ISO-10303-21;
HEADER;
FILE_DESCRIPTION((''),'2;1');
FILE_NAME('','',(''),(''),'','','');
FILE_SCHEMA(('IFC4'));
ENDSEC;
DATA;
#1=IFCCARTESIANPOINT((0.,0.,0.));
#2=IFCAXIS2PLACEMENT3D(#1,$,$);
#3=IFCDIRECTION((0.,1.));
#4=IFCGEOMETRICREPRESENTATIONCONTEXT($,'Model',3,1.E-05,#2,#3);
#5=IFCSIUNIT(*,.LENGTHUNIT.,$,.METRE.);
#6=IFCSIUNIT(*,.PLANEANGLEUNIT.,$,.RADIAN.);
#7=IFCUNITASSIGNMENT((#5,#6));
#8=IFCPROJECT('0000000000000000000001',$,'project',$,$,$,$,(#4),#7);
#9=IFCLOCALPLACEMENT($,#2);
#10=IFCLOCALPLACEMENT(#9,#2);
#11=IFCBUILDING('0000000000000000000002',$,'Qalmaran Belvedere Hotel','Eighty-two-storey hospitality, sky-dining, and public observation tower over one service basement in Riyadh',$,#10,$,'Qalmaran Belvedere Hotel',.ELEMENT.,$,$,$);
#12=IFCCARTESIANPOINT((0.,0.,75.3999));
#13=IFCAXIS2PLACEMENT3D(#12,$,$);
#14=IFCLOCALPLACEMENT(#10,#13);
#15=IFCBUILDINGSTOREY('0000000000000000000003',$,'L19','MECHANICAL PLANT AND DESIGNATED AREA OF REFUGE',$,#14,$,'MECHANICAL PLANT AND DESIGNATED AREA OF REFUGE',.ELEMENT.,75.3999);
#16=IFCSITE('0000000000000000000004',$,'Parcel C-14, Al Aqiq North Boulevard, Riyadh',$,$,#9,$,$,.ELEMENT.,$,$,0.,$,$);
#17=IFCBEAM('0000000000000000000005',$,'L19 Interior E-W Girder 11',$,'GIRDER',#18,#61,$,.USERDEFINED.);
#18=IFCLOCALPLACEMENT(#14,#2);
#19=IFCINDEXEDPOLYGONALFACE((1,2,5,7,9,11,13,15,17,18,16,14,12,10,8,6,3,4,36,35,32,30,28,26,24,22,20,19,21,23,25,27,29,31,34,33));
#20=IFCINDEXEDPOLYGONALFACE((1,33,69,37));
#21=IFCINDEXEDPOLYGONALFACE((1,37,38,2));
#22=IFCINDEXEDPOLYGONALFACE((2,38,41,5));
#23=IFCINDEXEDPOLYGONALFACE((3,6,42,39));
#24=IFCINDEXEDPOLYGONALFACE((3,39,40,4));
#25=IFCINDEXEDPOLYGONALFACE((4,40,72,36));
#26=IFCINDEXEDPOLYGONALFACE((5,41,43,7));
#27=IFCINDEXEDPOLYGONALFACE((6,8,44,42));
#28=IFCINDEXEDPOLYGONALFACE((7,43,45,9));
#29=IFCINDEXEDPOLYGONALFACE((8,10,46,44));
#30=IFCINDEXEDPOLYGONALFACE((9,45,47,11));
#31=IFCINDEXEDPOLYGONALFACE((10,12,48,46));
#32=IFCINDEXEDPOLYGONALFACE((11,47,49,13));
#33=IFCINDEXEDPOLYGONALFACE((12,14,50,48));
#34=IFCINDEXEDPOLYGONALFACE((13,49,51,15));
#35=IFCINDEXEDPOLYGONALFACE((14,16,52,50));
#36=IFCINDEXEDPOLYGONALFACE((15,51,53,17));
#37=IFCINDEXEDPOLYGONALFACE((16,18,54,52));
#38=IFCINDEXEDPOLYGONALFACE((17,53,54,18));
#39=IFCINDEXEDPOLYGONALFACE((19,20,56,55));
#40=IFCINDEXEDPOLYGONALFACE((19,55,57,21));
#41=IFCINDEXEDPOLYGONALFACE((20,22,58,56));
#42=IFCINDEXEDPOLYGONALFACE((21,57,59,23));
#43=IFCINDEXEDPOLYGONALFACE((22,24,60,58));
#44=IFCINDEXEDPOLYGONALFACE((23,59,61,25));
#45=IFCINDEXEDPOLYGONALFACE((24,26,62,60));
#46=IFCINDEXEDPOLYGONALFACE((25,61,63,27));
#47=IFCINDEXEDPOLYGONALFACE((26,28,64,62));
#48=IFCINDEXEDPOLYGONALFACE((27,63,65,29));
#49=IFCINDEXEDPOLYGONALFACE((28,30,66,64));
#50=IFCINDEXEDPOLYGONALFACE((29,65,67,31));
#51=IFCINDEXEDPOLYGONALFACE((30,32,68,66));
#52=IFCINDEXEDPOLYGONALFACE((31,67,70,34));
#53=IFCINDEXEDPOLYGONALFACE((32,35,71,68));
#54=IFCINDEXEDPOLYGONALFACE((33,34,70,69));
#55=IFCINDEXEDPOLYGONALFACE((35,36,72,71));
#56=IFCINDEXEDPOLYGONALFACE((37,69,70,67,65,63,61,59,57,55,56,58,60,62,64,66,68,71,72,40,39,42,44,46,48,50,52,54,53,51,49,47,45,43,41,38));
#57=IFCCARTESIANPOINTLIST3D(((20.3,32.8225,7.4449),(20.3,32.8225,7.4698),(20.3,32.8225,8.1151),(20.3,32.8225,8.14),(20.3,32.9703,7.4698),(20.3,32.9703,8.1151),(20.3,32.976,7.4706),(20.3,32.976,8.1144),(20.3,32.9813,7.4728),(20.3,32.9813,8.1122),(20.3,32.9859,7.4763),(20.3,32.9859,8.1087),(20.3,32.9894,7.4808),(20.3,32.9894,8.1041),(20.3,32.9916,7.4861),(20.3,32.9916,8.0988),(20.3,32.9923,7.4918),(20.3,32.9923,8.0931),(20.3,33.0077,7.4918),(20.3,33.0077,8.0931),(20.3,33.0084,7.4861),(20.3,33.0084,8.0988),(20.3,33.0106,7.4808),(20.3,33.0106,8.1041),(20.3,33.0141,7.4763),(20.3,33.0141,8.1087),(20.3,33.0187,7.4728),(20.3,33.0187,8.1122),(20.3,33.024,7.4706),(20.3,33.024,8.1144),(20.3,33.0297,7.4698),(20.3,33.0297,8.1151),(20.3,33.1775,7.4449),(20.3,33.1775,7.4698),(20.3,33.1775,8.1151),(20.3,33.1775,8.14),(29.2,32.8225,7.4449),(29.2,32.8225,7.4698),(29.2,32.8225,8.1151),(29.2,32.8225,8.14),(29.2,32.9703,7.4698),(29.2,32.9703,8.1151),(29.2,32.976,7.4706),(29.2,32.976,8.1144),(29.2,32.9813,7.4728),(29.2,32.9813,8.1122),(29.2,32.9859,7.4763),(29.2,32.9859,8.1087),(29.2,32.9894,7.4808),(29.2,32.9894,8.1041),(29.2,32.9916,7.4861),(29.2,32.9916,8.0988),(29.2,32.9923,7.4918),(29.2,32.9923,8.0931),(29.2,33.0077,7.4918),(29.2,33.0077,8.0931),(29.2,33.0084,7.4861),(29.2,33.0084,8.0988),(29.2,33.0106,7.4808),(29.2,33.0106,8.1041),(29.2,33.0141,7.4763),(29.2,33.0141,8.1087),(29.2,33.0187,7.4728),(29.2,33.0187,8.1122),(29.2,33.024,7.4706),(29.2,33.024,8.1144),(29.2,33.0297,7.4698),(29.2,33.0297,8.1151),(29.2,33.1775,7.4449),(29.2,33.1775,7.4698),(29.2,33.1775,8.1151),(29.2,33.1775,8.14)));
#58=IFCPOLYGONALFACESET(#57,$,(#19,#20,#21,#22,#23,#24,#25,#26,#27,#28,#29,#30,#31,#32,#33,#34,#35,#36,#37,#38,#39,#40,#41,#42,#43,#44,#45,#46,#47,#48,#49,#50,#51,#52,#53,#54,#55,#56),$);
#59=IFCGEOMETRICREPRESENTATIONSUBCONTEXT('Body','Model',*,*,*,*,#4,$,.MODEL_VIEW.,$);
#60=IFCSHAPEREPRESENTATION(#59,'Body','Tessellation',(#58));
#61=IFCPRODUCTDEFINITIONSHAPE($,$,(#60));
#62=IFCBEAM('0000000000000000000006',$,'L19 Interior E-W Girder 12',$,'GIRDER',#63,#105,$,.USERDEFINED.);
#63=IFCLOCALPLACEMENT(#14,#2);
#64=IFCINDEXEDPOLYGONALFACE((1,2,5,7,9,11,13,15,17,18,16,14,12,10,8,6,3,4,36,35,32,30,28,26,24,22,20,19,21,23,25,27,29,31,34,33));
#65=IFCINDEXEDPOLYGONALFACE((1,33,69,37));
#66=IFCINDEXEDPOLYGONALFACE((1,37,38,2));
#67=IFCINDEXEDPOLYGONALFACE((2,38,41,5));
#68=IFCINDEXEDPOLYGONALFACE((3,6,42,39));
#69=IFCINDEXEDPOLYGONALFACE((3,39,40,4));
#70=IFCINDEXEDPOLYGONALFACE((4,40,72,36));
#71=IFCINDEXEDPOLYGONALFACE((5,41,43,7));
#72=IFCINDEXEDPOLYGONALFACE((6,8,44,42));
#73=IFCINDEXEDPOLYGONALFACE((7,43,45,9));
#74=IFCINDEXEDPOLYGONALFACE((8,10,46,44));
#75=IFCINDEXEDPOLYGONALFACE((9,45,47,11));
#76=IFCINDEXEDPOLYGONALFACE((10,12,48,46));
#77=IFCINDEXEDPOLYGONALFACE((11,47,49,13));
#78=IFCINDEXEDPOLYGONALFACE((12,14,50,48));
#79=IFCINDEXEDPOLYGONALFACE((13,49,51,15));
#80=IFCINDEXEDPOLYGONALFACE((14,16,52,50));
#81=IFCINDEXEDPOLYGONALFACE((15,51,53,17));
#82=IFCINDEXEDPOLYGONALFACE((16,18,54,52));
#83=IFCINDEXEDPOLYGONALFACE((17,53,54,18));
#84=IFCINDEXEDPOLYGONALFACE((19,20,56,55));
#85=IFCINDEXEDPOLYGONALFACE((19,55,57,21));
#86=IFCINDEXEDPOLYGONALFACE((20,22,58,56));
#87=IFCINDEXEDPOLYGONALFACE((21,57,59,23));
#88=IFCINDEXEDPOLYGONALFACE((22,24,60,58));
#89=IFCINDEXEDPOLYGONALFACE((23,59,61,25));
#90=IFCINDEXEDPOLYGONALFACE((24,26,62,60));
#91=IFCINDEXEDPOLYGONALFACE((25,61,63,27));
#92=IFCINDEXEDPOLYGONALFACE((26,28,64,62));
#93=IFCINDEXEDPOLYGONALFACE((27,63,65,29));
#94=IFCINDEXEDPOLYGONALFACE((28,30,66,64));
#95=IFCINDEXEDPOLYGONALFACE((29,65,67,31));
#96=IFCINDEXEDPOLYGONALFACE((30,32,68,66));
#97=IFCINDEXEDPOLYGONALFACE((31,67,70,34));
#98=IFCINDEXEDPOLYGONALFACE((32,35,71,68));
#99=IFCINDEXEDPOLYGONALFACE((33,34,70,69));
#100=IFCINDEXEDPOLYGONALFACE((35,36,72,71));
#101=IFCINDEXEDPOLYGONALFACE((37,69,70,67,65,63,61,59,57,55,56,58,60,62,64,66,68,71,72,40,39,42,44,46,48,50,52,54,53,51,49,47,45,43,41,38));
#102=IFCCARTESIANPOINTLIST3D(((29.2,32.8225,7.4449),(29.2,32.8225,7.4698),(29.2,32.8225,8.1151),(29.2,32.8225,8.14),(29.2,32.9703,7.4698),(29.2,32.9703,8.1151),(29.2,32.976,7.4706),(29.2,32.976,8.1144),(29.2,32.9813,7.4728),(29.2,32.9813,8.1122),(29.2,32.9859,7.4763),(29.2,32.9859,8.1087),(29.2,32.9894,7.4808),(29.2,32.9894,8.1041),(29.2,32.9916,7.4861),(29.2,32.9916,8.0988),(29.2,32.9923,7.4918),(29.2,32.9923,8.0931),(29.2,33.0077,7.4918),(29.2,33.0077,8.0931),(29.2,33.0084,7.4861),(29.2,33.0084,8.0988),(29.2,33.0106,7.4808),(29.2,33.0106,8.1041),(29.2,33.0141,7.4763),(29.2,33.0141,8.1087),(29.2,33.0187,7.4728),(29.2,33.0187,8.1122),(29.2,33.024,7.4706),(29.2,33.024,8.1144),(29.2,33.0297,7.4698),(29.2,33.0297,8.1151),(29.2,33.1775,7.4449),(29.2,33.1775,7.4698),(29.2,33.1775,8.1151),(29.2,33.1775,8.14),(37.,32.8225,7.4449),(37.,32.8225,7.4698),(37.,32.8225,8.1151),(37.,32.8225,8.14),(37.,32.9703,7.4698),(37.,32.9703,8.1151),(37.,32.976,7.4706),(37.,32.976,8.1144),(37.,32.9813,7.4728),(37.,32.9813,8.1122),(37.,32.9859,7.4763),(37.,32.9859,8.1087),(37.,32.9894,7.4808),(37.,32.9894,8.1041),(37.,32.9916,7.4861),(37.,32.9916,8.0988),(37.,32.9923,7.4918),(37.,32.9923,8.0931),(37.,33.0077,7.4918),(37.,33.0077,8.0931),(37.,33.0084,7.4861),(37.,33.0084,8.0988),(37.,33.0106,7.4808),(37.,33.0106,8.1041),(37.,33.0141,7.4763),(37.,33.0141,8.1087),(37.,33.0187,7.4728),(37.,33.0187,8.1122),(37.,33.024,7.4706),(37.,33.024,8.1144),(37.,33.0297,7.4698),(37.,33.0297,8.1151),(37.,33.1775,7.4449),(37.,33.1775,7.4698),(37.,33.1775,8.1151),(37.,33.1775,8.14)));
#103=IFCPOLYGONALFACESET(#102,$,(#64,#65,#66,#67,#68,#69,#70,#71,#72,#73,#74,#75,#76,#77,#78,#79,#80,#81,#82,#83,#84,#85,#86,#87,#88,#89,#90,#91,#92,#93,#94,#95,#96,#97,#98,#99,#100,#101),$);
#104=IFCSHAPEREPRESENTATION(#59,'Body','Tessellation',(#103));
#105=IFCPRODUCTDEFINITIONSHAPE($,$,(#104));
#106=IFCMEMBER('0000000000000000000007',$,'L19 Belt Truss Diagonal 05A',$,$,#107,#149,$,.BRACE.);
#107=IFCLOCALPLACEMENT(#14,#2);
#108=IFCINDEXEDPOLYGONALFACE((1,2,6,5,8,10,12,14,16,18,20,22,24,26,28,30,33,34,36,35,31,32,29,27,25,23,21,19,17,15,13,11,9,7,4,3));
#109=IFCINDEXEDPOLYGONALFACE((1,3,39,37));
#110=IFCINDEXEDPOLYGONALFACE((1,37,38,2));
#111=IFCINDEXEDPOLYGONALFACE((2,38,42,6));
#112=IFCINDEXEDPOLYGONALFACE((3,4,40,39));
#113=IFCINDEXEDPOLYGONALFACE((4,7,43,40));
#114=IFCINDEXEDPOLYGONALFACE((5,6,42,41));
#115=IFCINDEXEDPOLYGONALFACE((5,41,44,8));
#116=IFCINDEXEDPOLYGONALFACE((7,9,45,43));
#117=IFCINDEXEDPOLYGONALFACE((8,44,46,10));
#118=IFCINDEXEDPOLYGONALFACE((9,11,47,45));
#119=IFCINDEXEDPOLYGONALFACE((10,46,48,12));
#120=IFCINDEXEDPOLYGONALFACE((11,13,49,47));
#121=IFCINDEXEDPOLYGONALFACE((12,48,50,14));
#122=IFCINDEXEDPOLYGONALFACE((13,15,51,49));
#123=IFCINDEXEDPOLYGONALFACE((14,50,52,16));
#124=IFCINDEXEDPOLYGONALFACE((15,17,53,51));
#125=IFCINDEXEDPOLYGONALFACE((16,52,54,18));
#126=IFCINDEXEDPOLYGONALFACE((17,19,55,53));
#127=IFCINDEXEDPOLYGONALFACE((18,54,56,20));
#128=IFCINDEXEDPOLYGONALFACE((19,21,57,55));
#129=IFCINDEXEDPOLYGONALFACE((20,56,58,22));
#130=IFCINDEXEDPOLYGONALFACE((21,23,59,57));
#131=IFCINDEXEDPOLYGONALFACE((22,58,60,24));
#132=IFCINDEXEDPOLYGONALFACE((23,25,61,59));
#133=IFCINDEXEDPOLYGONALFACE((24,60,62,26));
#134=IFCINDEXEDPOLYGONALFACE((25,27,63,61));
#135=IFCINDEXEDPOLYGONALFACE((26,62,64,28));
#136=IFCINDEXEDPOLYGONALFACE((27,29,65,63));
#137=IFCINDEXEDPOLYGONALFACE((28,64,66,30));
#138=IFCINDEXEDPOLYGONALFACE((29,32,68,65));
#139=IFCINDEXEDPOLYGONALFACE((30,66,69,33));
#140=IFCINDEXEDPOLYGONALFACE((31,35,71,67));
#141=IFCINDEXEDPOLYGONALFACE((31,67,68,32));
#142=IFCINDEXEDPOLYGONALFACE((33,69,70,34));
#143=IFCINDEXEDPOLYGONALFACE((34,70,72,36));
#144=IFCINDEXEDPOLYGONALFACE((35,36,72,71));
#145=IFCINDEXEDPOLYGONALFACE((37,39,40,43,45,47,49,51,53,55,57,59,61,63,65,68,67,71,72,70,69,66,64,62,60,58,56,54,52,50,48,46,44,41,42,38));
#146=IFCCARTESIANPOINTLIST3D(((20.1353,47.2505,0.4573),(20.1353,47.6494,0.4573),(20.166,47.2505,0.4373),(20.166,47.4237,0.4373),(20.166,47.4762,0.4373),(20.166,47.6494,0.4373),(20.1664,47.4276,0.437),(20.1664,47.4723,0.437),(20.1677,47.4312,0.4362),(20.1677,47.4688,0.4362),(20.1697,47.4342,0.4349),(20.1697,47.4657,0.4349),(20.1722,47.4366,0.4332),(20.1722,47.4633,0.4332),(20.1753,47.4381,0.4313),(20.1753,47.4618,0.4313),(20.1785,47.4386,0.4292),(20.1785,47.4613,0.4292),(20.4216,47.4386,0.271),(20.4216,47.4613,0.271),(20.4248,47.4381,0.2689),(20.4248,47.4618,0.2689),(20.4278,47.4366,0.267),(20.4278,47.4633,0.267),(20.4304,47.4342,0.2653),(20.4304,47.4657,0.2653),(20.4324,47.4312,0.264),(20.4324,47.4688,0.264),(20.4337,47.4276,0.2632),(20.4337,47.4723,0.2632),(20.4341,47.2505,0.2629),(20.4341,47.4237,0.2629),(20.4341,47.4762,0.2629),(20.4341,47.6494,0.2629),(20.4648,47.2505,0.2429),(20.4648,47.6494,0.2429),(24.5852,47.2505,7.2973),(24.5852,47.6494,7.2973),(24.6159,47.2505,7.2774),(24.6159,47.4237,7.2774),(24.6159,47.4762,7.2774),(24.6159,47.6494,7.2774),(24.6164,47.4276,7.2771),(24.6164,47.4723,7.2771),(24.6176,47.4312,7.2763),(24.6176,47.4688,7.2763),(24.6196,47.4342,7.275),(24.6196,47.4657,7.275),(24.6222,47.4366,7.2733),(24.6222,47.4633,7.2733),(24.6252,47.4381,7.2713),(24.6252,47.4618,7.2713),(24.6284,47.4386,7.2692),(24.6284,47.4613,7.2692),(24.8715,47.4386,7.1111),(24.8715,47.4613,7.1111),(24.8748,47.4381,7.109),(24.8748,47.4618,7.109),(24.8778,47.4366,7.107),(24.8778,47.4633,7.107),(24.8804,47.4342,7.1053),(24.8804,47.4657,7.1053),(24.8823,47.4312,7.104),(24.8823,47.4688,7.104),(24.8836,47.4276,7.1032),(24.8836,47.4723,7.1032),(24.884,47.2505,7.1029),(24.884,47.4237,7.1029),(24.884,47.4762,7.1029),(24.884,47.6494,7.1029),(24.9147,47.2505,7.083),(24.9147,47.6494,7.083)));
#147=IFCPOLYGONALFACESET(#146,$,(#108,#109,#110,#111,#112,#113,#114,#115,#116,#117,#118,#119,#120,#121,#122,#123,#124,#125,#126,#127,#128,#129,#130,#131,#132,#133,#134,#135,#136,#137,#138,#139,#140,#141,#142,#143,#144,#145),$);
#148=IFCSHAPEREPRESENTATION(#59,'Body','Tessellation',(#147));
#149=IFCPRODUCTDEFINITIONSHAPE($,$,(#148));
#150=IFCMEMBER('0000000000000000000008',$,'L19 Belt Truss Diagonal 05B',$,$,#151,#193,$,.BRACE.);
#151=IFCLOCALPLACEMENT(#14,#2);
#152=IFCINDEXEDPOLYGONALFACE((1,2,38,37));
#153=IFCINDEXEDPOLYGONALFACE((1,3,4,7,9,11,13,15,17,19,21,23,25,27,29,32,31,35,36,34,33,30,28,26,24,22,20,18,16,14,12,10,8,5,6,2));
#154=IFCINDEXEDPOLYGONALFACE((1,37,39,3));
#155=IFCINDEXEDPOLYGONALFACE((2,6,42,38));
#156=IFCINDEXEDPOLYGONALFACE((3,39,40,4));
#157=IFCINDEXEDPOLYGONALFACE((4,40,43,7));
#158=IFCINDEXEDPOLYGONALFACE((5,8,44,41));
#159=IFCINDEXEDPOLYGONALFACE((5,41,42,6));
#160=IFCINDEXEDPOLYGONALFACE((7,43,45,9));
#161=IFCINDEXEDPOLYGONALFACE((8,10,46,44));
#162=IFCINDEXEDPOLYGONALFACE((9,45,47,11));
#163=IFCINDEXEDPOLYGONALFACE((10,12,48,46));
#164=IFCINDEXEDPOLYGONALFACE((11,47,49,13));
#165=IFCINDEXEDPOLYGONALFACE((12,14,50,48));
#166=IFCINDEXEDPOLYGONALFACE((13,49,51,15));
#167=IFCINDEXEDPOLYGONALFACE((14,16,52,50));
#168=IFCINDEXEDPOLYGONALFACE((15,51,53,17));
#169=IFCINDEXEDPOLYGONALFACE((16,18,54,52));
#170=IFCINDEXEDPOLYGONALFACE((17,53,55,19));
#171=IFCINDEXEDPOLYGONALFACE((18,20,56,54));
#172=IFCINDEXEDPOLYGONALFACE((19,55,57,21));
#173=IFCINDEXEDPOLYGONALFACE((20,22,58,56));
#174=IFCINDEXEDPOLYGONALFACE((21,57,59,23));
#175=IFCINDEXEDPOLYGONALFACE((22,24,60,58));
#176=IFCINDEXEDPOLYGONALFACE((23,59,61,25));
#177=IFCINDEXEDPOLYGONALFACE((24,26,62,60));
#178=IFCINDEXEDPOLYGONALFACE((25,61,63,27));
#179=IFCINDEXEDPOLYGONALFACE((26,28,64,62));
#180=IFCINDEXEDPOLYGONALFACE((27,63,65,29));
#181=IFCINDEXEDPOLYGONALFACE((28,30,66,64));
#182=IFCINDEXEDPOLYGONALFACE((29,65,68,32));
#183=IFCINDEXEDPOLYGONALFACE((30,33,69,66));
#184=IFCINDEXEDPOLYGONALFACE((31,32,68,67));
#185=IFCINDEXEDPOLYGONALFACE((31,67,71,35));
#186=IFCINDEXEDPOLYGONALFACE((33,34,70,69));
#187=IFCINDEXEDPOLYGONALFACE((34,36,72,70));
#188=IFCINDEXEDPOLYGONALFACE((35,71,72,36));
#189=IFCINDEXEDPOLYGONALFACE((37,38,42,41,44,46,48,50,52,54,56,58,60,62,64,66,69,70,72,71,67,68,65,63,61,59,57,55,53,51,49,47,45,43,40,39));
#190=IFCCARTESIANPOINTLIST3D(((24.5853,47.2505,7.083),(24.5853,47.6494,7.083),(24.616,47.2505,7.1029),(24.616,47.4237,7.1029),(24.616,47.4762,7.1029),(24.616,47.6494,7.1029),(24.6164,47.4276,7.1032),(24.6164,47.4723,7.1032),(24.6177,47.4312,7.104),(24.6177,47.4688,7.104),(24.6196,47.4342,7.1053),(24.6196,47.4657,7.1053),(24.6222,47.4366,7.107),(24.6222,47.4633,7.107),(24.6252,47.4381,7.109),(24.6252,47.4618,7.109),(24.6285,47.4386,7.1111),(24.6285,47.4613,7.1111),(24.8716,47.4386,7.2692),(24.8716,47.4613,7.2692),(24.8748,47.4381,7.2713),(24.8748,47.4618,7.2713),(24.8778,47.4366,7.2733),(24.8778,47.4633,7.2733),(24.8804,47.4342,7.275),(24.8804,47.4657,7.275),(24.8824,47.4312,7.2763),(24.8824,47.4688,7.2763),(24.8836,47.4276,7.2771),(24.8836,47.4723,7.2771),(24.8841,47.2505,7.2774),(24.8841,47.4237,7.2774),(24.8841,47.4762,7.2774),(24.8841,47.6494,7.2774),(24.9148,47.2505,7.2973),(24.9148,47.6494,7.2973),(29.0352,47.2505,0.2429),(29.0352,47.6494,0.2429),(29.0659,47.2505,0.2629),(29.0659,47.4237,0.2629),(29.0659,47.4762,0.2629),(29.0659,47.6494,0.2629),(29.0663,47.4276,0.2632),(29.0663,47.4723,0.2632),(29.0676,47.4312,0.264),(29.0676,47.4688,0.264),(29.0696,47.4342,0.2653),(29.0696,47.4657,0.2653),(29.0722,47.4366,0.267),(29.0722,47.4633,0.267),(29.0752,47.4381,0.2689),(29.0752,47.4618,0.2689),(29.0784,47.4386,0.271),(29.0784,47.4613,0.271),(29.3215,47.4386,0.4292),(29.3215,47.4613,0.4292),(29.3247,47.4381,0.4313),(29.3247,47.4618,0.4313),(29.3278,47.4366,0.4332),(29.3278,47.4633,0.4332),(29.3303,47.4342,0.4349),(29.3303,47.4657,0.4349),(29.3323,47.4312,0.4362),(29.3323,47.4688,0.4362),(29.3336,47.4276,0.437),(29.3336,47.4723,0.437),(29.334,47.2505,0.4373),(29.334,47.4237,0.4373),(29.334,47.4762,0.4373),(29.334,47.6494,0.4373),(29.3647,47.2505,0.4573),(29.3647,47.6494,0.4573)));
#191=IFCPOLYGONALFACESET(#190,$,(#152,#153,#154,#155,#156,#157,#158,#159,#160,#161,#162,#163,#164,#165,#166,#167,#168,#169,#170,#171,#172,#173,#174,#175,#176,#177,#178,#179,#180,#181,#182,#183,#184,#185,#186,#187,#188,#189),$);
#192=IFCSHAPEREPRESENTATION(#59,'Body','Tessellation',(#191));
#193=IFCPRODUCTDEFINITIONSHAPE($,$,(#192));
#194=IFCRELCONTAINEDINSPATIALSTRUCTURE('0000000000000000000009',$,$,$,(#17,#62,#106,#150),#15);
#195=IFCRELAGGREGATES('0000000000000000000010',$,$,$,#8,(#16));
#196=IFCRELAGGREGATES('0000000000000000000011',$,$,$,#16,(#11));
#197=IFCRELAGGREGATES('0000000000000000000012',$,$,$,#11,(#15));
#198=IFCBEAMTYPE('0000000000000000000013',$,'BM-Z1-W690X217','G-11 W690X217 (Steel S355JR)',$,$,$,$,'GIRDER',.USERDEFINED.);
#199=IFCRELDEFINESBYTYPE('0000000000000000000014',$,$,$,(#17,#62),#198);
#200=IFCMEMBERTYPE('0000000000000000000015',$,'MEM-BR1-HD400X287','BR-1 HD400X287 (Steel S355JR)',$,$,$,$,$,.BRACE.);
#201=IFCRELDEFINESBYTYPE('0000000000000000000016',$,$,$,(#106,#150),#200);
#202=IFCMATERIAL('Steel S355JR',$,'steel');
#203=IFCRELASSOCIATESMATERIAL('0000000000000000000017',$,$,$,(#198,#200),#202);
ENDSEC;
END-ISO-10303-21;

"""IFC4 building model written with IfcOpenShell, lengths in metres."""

from ifc_helpers import new_model, si_unit, direction, frame, origin, origin_2d, place, context, subcontext, project, spatial, i_section, extrude, material, material_profile, profile_set, type_object, element, save


model = new_model("IFC4")

# Units and contexts
model_context = context("Model", 3, precision=1e-05, world=origin(), true_north=direction((0.0, 1.0)))
body_context = subcontext(model_context, "Body", "Model", "MODEL_VIEW")
ifc_project = project(units=[si_unit("LENGTHUNIT", "METRE"), si_unit("PLANEANGLEUNIT", "RADIAN")], contexts=[model_context])

# Site, building, storey
site_placement = place(None, origin())
site = spatial("IfcSite", under=ifc_project, at=site_placement, Name="Parcel C-14, Al Aqiq North Boulevard, Riyadh", CompositionType="ELEMENT", RefElevation=0.0)
building_placement = place(site_placement, origin())
building = spatial("IfcBuilding", under=site, at=building_placement, Name="Qalmaran Belvedere Hotel", Description="Eighty-two-storey hospitality, sky-dining, and public observation tower over one service basement in Riyadh", LongName="Qalmaran Belvedere Hotel", CompositionType="ELEMENT")
storey_placement = place(building_placement, frame((0.0, 0.0, 75.3999)))
storey = spatial("IfcBuildingStorey", under=building, at=storey_placement, Name="L19", Description="MECHANICAL PLANT AND DESIGNATED AREA OF REFUGE", LongName="MECHANICAL PLANT AND DESIGNATED AREA OF REFUGE", CompositionType="ELEMENT", Elevation=75.3999)

# Beams
ifc_material_1 = material(Name="Steel S355JR", Category="steel")
ifc_material_profile_1 = material_profile(ifc_material_1, i_section(OverallWidth=0.355, OverallDepth=0.6951, WebThickness=0.0154, FlangeThickness=0.0249, FilletRadius=0.022, at=origin_2d()), Name="W690X217")
ifc_profile_set_1 = profile_set([ifc_material_profile_1], Name="Steel S355JR")
beam_type_1 = type_object("IfcBeamType", Name="BM-Z1-W690X217", Description="G-11 W690X217 (Steel S355JR)", ElementType="GIRDER", PredefinedType="USERDEFINED", material=ifc_profile_set_1)
beam_1_placement = place(storey_placement, frame((20.3, 33.0, 7.7925), z_axis=(1.0, 0.0, 0.0), x_axis=(0.0, 1.0, 0.0)))
element("IfcBeam", 1, at=beam_1_placement, inside=storey, type_object=beam_type_1, Name="L19 Interior E-W Girder 11", ObjectType="GIRDER", PredefinedType="USERDEFINED", context=body_context, shape_type="SweptSolid", body=[
    extrude(i_section(OverallWidth=0.355, OverallDepth=0.6951, WebThickness=0.0154, FlangeThickness=0.0249, FilletRadius=0.022, at=origin_2d()), origin(), (0.0, 0.0, 1.0), 8.8999),
])
beam_2_placement = place(storey_placement, frame((29.2, 33.0, 7.7925), z_axis=(1.0, 0.0, 0.0), x_axis=(0.0, 1.0, 0.0)))
element("IfcBeam", 2, at=beam_2_placement, inside=storey, type_object=beam_type_1, Name="L19 Interior E-W Girder 12", ObjectType="GIRDER", PredefinedType="USERDEFINED", context=body_context, shape_type="SweptSolid", body=[
    extrude(i_section(OverallWidth=0.355, OverallDepth=0.6951, WebThickness=0.0154, FlangeThickness=0.0249, FilletRadius=0.022, at=origin_2d()), origin(), (0.0, 0.0, 1.0), 7.8),
])

# Members
ifc_material_profile_2 = material_profile(ifc_material_1, i_section(OverallWidth=0.3989, OverallDepth=0.3931, WebThickness=0.0227, FlangeThickness=0.0366, FilletRadius=0.0149, at=origin_2d()), Name="HD400X287")
ifc_profile_set_2 = profile_set([ifc_material_profile_2], Name="Steel S355JR")
member_type_1 = type_object("IfcMemberType", Name="MEM-BR1-HD400X287", Description="BR-1 HD400X287 (Steel S355JR)", PredefinedType="BRACE", material=ifc_profile_set_2)
for number, where, z_axis, x_axis, name in (
    (3, (20.3, 47.45, 0.3501), (0.545324, 0.0, 0.838225), (0.0, 1.0, 0.0), "L19 Belt Truss Diagonal 05A"),
    (4, (29.2, 47.45, 0.3501), (-0.545324, 0.0, 0.838225), (0.0, -1.0, 0.0), "L19 Belt Truss Diagonal 05B"),
):
    element("IfcMember", number, at=place(storey_placement, frame(where, z_axis=z_axis, x_axis=x_axis)), inside=storey, type_object=member_type_1, Name=name, PredefinedType="BRACE", context=body_context, shape_type="SweptSolid", body=[
        extrude(i_section(OverallWidth=0.3989, OverallDepth=0.3931, WebThickness=0.0227, FlangeThickness=0.0366, FilletRadius=0.0149, at=origin_2d()), origin(), (0.0, 0.0, 1.0), 8.1602),
    ])

save(model, "model.ifc")
